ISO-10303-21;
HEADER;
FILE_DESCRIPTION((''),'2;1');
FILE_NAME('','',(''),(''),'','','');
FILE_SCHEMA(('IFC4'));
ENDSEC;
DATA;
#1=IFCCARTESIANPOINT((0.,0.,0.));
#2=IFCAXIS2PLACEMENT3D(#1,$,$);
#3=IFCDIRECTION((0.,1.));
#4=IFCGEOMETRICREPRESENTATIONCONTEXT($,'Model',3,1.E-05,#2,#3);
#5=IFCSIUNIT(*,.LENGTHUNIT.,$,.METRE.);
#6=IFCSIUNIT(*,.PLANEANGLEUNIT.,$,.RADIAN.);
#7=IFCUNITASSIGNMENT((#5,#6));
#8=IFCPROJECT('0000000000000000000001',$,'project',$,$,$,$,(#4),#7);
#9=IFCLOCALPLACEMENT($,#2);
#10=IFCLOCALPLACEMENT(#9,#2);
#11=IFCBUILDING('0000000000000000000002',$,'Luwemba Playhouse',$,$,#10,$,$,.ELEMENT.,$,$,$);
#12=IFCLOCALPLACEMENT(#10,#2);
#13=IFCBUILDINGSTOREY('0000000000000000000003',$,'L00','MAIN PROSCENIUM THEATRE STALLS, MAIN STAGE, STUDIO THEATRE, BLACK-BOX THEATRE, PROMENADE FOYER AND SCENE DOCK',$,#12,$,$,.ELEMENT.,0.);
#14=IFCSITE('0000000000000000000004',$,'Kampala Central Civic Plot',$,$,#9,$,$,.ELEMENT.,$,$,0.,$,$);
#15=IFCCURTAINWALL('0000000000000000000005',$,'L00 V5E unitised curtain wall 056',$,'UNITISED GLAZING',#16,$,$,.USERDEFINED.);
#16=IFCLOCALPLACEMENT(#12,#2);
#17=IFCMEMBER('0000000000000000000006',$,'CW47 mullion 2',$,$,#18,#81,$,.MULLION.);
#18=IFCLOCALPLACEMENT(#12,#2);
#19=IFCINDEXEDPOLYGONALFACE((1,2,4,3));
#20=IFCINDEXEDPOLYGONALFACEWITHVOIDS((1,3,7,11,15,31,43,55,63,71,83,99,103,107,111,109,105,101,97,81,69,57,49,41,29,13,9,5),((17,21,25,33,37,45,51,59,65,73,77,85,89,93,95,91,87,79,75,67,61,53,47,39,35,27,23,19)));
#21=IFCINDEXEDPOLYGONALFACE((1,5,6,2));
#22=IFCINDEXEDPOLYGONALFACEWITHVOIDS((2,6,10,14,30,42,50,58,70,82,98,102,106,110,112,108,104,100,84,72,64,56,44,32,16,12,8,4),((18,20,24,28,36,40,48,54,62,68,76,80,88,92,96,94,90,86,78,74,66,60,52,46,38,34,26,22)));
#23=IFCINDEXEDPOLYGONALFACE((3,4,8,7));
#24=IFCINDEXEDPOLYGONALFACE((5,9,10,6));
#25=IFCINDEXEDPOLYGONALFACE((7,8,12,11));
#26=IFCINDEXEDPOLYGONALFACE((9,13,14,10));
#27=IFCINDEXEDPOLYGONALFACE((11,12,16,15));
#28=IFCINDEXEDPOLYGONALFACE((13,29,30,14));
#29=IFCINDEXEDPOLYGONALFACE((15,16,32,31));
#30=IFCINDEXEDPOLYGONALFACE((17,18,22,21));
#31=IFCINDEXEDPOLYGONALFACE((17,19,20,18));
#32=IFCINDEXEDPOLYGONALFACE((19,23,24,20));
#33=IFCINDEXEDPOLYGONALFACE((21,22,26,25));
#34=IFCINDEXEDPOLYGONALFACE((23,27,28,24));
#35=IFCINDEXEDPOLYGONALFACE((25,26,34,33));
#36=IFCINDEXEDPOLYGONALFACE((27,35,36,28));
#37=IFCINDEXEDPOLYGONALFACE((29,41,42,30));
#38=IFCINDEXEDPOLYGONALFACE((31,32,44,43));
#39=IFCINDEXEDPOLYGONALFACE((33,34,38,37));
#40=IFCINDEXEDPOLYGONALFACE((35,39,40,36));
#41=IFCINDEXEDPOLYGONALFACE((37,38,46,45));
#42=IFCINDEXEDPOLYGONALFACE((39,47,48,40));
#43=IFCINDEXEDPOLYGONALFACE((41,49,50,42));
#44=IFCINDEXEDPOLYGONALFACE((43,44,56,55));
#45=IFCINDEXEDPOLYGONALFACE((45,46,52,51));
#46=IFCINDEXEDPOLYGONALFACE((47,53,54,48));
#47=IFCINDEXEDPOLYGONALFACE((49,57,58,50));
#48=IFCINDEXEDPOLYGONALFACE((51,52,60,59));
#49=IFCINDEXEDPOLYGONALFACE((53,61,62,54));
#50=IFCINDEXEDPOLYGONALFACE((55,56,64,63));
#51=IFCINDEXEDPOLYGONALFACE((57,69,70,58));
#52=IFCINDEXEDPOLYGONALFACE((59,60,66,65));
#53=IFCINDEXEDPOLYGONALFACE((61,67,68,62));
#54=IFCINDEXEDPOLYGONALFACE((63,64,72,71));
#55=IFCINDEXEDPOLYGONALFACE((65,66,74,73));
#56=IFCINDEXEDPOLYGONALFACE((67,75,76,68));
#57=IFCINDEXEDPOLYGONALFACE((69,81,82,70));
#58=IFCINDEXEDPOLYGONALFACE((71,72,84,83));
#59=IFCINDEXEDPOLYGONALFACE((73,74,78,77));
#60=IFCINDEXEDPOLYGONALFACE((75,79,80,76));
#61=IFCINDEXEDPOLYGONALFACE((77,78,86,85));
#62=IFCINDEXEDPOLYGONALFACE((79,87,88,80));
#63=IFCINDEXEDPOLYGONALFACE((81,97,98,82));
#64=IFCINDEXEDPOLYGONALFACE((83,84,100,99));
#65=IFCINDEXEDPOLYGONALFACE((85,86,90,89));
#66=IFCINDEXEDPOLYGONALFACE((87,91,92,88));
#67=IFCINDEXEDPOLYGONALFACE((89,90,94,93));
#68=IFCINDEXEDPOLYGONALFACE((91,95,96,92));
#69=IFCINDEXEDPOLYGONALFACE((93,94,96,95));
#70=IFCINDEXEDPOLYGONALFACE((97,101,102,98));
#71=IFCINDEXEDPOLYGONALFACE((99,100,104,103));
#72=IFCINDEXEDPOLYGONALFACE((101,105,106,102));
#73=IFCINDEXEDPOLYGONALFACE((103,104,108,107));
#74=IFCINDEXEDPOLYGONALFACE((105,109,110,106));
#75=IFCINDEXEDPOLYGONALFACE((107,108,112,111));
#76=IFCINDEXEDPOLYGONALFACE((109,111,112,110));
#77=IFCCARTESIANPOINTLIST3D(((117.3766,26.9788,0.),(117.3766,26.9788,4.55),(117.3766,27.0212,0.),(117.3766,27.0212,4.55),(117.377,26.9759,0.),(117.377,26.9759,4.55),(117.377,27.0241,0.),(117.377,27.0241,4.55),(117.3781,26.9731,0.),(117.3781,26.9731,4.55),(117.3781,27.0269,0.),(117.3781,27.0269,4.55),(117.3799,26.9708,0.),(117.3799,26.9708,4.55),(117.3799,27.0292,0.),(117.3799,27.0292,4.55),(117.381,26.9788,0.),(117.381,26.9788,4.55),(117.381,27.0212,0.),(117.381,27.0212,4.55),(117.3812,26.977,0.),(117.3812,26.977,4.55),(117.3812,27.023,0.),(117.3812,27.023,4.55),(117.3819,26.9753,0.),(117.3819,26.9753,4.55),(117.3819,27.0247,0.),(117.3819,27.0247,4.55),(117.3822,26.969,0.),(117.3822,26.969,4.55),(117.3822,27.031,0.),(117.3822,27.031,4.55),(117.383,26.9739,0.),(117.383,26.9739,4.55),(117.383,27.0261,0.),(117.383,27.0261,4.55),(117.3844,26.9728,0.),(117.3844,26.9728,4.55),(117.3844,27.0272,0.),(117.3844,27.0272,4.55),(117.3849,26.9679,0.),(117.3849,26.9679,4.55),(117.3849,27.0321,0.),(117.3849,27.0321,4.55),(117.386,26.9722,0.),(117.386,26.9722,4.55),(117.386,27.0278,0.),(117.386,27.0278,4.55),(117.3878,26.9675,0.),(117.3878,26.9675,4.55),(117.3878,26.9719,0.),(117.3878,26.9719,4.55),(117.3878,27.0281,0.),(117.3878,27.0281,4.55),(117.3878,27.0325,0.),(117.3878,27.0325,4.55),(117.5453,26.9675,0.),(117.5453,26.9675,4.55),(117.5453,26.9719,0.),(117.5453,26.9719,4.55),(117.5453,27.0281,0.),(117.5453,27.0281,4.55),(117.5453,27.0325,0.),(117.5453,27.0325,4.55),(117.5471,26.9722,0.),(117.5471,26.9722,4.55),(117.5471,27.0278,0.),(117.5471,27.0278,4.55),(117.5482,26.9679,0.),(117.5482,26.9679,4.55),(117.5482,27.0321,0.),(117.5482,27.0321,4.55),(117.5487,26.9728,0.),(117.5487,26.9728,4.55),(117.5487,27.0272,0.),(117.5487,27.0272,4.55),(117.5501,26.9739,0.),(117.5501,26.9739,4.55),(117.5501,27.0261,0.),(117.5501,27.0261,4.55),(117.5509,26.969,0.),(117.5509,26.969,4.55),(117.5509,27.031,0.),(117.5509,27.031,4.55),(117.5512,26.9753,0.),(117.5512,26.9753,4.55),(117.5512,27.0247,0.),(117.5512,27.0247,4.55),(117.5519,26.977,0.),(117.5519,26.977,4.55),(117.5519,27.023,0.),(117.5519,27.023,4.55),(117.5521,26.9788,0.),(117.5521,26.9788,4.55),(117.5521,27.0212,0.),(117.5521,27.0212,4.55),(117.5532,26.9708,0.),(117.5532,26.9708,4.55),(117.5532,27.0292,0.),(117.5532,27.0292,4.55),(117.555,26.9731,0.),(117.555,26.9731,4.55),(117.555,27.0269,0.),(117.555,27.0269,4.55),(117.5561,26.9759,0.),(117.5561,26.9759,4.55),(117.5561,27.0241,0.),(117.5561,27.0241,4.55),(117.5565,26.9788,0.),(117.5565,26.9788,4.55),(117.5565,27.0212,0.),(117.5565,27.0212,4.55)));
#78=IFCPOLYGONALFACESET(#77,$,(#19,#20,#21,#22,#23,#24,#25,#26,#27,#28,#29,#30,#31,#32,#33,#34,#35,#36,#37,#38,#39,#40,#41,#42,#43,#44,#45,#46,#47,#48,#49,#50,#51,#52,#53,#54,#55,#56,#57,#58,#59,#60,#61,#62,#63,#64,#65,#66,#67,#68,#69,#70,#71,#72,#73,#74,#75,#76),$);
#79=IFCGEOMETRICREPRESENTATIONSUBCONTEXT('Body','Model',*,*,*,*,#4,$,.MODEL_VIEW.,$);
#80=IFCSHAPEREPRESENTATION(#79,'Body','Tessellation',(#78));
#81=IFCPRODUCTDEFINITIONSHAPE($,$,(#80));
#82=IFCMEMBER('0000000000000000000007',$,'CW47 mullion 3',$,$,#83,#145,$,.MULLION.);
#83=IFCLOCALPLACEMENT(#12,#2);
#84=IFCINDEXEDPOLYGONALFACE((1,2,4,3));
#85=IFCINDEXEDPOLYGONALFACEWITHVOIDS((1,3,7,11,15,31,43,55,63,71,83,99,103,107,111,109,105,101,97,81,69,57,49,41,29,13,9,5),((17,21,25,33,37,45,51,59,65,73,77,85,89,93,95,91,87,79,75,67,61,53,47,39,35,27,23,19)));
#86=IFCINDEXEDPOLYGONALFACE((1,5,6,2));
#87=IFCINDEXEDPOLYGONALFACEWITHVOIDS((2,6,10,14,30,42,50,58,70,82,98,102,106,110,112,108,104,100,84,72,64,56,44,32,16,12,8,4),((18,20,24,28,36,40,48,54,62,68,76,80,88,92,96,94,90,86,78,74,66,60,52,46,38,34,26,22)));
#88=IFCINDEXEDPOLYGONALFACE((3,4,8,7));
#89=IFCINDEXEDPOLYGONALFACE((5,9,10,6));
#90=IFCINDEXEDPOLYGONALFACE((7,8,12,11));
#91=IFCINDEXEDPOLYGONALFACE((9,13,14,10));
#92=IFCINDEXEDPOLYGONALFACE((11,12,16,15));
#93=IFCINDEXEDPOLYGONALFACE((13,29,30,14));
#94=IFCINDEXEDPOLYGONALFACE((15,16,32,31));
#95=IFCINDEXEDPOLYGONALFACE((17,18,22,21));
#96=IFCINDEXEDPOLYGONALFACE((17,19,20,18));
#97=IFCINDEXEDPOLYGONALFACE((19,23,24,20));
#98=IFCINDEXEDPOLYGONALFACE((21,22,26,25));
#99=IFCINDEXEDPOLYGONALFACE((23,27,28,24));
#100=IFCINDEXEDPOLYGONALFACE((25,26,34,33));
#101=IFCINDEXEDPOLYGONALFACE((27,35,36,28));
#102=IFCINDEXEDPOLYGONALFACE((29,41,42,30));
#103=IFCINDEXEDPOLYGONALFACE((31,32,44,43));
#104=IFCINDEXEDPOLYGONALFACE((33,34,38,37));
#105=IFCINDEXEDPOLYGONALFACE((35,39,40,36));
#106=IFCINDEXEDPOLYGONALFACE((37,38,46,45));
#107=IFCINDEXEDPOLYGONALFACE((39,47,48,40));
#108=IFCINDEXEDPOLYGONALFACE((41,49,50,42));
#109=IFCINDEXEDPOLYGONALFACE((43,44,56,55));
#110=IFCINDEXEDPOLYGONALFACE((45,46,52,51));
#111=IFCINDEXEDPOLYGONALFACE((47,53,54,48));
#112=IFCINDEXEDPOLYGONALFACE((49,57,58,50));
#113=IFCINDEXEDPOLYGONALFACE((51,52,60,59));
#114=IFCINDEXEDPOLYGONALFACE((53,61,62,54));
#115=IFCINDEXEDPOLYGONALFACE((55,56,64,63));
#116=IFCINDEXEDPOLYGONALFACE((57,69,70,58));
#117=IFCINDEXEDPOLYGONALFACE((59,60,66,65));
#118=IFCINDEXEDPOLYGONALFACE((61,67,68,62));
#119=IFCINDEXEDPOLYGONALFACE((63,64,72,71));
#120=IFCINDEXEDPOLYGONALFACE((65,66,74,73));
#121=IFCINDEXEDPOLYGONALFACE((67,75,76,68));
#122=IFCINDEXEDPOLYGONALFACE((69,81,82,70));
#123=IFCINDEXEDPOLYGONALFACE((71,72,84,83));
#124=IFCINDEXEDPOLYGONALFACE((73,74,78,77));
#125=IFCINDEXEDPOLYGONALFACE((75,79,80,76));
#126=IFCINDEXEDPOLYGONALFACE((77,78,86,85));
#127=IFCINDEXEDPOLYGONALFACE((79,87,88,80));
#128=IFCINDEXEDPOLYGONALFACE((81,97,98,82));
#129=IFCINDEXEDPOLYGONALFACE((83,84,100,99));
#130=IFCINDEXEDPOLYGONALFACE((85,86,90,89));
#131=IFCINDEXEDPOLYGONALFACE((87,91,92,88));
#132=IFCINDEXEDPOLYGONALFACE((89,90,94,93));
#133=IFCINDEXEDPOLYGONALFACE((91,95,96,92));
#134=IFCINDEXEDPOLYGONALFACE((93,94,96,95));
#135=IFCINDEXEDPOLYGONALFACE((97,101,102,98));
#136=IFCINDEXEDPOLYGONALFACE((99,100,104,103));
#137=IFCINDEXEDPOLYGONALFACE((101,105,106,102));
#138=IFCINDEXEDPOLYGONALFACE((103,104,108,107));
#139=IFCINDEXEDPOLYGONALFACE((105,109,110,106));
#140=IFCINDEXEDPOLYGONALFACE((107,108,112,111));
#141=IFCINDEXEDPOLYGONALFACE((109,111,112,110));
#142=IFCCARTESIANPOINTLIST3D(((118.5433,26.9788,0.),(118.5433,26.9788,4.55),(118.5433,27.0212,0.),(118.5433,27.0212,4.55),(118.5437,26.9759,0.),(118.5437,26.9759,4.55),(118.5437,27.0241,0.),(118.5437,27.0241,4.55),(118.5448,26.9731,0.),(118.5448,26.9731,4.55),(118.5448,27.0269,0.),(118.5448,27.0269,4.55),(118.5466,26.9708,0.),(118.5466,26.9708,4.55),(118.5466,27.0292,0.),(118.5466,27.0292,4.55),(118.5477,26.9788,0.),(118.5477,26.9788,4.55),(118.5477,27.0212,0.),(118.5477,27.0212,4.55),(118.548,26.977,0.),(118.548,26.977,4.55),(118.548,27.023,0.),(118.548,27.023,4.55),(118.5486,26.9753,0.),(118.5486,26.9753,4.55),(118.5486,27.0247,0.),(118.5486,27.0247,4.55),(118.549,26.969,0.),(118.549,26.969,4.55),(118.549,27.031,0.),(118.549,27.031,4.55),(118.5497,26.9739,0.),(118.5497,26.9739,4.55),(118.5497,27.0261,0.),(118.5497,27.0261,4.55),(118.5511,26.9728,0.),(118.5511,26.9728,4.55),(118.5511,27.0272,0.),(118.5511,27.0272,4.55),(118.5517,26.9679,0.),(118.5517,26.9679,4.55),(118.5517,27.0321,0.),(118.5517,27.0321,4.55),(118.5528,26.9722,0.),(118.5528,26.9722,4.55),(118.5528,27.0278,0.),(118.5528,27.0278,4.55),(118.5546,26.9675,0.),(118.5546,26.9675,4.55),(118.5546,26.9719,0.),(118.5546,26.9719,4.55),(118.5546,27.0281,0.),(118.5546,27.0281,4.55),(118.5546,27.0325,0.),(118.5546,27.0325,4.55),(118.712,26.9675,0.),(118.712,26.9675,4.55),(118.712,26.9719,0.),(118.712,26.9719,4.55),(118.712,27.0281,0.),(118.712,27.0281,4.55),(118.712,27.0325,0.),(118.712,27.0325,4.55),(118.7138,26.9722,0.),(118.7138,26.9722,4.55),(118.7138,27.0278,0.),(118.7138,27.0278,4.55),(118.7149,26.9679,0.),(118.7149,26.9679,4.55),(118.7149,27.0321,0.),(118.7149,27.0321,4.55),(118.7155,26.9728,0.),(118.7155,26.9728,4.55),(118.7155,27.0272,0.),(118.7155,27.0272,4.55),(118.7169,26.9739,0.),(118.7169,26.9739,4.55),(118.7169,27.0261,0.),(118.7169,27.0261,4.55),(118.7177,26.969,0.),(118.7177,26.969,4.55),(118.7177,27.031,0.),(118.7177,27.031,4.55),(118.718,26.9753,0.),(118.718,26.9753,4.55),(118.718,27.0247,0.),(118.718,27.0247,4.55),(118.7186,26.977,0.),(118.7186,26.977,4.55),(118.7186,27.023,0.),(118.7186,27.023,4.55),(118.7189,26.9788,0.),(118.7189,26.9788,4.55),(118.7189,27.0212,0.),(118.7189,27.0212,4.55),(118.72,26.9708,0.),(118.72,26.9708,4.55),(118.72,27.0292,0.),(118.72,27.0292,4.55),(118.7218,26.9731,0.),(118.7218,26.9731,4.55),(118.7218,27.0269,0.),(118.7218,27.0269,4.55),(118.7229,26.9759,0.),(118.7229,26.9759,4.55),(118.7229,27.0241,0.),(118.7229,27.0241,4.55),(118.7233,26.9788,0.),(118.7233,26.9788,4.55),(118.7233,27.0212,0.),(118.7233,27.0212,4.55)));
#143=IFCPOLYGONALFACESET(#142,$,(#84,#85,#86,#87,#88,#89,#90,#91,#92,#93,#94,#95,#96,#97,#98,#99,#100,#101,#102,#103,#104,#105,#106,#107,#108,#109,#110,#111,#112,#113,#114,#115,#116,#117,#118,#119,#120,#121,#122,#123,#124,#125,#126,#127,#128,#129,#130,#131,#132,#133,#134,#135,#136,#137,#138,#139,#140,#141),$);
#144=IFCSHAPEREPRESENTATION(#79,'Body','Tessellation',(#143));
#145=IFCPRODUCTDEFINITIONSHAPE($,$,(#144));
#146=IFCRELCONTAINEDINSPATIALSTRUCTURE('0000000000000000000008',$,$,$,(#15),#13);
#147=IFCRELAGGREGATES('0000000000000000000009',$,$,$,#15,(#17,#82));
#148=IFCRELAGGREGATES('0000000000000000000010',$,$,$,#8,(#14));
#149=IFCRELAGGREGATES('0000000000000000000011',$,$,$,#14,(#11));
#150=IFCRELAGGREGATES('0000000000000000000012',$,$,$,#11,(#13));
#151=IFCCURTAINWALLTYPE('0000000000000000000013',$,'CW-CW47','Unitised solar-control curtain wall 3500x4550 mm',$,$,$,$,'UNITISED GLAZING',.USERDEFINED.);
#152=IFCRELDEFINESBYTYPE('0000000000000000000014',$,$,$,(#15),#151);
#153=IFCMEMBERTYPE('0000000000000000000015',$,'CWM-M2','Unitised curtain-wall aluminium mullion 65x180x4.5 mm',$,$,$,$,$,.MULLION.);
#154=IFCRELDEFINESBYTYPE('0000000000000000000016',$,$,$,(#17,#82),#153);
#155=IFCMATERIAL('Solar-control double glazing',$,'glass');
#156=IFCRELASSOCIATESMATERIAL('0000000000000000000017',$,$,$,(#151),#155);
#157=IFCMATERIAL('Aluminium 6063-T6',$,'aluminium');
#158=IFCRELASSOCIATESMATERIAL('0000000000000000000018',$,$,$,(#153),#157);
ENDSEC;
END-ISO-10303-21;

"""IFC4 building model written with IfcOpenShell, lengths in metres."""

from ifc_helpers import new_model, si_unit, direction, frame, origin, origin_2d, place, context, subcontext, project, spatial, hollow_rectangle, extrude, material, material_profile, profile_set, type_object, element, aggregate, save


model = new_model("IFC4")

# Units and contexts
model_context = context("Model", 3, precision=1e-05, world=origin(), true_north=direction((0.0, 1.0)))
body_context = subcontext(model_context, "Body", "Model", "MODEL_VIEW")
ifc_project = project(units=[si_unit("LENGTHUNIT", "METRE"), si_unit("PLANEANGLEUNIT", "RADIAN")], contexts=[model_context])

# Site, building, storey
site_placement = place(None, origin())
site = spatial("IfcSite", under=ifc_project, at=site_placement, Name="Kampala Central Civic Plot", CompositionType="ELEMENT", RefElevation=0.0)
building_placement = place(site_placement, origin())
building = spatial("IfcBuilding", under=site, at=building_placement, Name="Luwemba Playhouse", CompositionType="ELEMENT")
storey_placement = place(building_placement, origin())
storey = spatial("IfcBuildingStorey", under=building, at=storey_placement, Name="L00", Description="MAIN PROSCENIUM THEATRE STALLS, MAIN STAGE, STUDIO THEATRE, BLACK-BOX THEATRE, PROMENADE FOYER AND SCENE DOCK", CompositionType="ELEMENT", Elevation=0.0)

# Shared definitions
ifc_material_1 = material(Name="Solar-control double glazing", Category="glass")
ifc_material_2 = material(Name="Aluminium 6063-T6", Category="aluminium")

# Curtain wall, members
curtain_wall_type_1 = type_object("IfcCurtainWallType", Name="CW-CW47", Description="Unitised solar-control curtain wall 3500x4550 mm", ElementType="UNITISED GLAZING", PredefinedType="USERDEFINED", material=ifc_material_1)
curtain_wall_1_placement = place(storey_placement, origin())
curtain_wall_1 = element("IfcCurtainWall", 1, at=curtain_wall_1_placement, inside=storey, type_object=curtain_wall_type_1, Name="L00 V5E unitised curtain wall 056", ObjectType="UNITISED GLAZING", PredefinedType="USERDEFINED")
ifc_material_profile_1 = material_profile(ifc_material_2, hollow_rectangle(XDim=0.0649, YDim=0.1799, WallThickness=0.0044, InnerFilletRadius=0.0068, OuterFilletRadius=0.0112, at=origin_2d()))
ifc_profile_set_1 = profile_set([ifc_material_profile_1], Name="Aluminium 6063-T6")
member_type_1 = type_object("IfcMemberType", Name="CWM-M2", Description="Unitised curtain-wall aluminium mullion 65x180x4.5 mm", PredefinedType="MULLION", material=ifc_profile_set_1)
member_1_placement = place(storey_placement, frame((117.4666, 27.0, 0.0), z_axis=(0.0, 0.0, 1.0), x_axis=(0.0, 1.0, 0.0)))
member_1 = element("IfcMember", 2, at=member_1_placement, type_object=member_type_1, Name="CW47 mullion 2", PredefinedType="MULLION", context=body_context, shape_type="SweptSolid", body=[
    extrude(hollow_rectangle(XDim=0.0649, YDim=0.1799, WallThickness=0.0044, InnerFilletRadius=0.0068, OuterFilletRadius=0.0112, at=origin_2d()), origin(), (0.0, 0.0, 1.0), 4.55),
])
member_2_placement = place(storey_placement, frame((118.6333, 27.0, 0.0), z_axis=(0.0, 0.0, 1.0), x_axis=(0.0, 1.0, 0.0)))
member_2 = element("IfcMember", 3, at=member_2_placement, type_object=member_type_1, Name="CW47 mullion 3", PredefinedType="MULLION", context=body_context, shape_type="SweptSolid", body=[
    extrude(hollow_rectangle(XDim=0.0649, YDim=0.1799, WallThickness=0.0044, InnerFilletRadius=0.0068, OuterFilletRadius=0.0112, at=origin_2d()), origin(), (0.0, 0.0, 1.0), 4.55),
])

aggregate(curtain_wall_1, [member_1, member_2])

save(model, "model.ifc")
